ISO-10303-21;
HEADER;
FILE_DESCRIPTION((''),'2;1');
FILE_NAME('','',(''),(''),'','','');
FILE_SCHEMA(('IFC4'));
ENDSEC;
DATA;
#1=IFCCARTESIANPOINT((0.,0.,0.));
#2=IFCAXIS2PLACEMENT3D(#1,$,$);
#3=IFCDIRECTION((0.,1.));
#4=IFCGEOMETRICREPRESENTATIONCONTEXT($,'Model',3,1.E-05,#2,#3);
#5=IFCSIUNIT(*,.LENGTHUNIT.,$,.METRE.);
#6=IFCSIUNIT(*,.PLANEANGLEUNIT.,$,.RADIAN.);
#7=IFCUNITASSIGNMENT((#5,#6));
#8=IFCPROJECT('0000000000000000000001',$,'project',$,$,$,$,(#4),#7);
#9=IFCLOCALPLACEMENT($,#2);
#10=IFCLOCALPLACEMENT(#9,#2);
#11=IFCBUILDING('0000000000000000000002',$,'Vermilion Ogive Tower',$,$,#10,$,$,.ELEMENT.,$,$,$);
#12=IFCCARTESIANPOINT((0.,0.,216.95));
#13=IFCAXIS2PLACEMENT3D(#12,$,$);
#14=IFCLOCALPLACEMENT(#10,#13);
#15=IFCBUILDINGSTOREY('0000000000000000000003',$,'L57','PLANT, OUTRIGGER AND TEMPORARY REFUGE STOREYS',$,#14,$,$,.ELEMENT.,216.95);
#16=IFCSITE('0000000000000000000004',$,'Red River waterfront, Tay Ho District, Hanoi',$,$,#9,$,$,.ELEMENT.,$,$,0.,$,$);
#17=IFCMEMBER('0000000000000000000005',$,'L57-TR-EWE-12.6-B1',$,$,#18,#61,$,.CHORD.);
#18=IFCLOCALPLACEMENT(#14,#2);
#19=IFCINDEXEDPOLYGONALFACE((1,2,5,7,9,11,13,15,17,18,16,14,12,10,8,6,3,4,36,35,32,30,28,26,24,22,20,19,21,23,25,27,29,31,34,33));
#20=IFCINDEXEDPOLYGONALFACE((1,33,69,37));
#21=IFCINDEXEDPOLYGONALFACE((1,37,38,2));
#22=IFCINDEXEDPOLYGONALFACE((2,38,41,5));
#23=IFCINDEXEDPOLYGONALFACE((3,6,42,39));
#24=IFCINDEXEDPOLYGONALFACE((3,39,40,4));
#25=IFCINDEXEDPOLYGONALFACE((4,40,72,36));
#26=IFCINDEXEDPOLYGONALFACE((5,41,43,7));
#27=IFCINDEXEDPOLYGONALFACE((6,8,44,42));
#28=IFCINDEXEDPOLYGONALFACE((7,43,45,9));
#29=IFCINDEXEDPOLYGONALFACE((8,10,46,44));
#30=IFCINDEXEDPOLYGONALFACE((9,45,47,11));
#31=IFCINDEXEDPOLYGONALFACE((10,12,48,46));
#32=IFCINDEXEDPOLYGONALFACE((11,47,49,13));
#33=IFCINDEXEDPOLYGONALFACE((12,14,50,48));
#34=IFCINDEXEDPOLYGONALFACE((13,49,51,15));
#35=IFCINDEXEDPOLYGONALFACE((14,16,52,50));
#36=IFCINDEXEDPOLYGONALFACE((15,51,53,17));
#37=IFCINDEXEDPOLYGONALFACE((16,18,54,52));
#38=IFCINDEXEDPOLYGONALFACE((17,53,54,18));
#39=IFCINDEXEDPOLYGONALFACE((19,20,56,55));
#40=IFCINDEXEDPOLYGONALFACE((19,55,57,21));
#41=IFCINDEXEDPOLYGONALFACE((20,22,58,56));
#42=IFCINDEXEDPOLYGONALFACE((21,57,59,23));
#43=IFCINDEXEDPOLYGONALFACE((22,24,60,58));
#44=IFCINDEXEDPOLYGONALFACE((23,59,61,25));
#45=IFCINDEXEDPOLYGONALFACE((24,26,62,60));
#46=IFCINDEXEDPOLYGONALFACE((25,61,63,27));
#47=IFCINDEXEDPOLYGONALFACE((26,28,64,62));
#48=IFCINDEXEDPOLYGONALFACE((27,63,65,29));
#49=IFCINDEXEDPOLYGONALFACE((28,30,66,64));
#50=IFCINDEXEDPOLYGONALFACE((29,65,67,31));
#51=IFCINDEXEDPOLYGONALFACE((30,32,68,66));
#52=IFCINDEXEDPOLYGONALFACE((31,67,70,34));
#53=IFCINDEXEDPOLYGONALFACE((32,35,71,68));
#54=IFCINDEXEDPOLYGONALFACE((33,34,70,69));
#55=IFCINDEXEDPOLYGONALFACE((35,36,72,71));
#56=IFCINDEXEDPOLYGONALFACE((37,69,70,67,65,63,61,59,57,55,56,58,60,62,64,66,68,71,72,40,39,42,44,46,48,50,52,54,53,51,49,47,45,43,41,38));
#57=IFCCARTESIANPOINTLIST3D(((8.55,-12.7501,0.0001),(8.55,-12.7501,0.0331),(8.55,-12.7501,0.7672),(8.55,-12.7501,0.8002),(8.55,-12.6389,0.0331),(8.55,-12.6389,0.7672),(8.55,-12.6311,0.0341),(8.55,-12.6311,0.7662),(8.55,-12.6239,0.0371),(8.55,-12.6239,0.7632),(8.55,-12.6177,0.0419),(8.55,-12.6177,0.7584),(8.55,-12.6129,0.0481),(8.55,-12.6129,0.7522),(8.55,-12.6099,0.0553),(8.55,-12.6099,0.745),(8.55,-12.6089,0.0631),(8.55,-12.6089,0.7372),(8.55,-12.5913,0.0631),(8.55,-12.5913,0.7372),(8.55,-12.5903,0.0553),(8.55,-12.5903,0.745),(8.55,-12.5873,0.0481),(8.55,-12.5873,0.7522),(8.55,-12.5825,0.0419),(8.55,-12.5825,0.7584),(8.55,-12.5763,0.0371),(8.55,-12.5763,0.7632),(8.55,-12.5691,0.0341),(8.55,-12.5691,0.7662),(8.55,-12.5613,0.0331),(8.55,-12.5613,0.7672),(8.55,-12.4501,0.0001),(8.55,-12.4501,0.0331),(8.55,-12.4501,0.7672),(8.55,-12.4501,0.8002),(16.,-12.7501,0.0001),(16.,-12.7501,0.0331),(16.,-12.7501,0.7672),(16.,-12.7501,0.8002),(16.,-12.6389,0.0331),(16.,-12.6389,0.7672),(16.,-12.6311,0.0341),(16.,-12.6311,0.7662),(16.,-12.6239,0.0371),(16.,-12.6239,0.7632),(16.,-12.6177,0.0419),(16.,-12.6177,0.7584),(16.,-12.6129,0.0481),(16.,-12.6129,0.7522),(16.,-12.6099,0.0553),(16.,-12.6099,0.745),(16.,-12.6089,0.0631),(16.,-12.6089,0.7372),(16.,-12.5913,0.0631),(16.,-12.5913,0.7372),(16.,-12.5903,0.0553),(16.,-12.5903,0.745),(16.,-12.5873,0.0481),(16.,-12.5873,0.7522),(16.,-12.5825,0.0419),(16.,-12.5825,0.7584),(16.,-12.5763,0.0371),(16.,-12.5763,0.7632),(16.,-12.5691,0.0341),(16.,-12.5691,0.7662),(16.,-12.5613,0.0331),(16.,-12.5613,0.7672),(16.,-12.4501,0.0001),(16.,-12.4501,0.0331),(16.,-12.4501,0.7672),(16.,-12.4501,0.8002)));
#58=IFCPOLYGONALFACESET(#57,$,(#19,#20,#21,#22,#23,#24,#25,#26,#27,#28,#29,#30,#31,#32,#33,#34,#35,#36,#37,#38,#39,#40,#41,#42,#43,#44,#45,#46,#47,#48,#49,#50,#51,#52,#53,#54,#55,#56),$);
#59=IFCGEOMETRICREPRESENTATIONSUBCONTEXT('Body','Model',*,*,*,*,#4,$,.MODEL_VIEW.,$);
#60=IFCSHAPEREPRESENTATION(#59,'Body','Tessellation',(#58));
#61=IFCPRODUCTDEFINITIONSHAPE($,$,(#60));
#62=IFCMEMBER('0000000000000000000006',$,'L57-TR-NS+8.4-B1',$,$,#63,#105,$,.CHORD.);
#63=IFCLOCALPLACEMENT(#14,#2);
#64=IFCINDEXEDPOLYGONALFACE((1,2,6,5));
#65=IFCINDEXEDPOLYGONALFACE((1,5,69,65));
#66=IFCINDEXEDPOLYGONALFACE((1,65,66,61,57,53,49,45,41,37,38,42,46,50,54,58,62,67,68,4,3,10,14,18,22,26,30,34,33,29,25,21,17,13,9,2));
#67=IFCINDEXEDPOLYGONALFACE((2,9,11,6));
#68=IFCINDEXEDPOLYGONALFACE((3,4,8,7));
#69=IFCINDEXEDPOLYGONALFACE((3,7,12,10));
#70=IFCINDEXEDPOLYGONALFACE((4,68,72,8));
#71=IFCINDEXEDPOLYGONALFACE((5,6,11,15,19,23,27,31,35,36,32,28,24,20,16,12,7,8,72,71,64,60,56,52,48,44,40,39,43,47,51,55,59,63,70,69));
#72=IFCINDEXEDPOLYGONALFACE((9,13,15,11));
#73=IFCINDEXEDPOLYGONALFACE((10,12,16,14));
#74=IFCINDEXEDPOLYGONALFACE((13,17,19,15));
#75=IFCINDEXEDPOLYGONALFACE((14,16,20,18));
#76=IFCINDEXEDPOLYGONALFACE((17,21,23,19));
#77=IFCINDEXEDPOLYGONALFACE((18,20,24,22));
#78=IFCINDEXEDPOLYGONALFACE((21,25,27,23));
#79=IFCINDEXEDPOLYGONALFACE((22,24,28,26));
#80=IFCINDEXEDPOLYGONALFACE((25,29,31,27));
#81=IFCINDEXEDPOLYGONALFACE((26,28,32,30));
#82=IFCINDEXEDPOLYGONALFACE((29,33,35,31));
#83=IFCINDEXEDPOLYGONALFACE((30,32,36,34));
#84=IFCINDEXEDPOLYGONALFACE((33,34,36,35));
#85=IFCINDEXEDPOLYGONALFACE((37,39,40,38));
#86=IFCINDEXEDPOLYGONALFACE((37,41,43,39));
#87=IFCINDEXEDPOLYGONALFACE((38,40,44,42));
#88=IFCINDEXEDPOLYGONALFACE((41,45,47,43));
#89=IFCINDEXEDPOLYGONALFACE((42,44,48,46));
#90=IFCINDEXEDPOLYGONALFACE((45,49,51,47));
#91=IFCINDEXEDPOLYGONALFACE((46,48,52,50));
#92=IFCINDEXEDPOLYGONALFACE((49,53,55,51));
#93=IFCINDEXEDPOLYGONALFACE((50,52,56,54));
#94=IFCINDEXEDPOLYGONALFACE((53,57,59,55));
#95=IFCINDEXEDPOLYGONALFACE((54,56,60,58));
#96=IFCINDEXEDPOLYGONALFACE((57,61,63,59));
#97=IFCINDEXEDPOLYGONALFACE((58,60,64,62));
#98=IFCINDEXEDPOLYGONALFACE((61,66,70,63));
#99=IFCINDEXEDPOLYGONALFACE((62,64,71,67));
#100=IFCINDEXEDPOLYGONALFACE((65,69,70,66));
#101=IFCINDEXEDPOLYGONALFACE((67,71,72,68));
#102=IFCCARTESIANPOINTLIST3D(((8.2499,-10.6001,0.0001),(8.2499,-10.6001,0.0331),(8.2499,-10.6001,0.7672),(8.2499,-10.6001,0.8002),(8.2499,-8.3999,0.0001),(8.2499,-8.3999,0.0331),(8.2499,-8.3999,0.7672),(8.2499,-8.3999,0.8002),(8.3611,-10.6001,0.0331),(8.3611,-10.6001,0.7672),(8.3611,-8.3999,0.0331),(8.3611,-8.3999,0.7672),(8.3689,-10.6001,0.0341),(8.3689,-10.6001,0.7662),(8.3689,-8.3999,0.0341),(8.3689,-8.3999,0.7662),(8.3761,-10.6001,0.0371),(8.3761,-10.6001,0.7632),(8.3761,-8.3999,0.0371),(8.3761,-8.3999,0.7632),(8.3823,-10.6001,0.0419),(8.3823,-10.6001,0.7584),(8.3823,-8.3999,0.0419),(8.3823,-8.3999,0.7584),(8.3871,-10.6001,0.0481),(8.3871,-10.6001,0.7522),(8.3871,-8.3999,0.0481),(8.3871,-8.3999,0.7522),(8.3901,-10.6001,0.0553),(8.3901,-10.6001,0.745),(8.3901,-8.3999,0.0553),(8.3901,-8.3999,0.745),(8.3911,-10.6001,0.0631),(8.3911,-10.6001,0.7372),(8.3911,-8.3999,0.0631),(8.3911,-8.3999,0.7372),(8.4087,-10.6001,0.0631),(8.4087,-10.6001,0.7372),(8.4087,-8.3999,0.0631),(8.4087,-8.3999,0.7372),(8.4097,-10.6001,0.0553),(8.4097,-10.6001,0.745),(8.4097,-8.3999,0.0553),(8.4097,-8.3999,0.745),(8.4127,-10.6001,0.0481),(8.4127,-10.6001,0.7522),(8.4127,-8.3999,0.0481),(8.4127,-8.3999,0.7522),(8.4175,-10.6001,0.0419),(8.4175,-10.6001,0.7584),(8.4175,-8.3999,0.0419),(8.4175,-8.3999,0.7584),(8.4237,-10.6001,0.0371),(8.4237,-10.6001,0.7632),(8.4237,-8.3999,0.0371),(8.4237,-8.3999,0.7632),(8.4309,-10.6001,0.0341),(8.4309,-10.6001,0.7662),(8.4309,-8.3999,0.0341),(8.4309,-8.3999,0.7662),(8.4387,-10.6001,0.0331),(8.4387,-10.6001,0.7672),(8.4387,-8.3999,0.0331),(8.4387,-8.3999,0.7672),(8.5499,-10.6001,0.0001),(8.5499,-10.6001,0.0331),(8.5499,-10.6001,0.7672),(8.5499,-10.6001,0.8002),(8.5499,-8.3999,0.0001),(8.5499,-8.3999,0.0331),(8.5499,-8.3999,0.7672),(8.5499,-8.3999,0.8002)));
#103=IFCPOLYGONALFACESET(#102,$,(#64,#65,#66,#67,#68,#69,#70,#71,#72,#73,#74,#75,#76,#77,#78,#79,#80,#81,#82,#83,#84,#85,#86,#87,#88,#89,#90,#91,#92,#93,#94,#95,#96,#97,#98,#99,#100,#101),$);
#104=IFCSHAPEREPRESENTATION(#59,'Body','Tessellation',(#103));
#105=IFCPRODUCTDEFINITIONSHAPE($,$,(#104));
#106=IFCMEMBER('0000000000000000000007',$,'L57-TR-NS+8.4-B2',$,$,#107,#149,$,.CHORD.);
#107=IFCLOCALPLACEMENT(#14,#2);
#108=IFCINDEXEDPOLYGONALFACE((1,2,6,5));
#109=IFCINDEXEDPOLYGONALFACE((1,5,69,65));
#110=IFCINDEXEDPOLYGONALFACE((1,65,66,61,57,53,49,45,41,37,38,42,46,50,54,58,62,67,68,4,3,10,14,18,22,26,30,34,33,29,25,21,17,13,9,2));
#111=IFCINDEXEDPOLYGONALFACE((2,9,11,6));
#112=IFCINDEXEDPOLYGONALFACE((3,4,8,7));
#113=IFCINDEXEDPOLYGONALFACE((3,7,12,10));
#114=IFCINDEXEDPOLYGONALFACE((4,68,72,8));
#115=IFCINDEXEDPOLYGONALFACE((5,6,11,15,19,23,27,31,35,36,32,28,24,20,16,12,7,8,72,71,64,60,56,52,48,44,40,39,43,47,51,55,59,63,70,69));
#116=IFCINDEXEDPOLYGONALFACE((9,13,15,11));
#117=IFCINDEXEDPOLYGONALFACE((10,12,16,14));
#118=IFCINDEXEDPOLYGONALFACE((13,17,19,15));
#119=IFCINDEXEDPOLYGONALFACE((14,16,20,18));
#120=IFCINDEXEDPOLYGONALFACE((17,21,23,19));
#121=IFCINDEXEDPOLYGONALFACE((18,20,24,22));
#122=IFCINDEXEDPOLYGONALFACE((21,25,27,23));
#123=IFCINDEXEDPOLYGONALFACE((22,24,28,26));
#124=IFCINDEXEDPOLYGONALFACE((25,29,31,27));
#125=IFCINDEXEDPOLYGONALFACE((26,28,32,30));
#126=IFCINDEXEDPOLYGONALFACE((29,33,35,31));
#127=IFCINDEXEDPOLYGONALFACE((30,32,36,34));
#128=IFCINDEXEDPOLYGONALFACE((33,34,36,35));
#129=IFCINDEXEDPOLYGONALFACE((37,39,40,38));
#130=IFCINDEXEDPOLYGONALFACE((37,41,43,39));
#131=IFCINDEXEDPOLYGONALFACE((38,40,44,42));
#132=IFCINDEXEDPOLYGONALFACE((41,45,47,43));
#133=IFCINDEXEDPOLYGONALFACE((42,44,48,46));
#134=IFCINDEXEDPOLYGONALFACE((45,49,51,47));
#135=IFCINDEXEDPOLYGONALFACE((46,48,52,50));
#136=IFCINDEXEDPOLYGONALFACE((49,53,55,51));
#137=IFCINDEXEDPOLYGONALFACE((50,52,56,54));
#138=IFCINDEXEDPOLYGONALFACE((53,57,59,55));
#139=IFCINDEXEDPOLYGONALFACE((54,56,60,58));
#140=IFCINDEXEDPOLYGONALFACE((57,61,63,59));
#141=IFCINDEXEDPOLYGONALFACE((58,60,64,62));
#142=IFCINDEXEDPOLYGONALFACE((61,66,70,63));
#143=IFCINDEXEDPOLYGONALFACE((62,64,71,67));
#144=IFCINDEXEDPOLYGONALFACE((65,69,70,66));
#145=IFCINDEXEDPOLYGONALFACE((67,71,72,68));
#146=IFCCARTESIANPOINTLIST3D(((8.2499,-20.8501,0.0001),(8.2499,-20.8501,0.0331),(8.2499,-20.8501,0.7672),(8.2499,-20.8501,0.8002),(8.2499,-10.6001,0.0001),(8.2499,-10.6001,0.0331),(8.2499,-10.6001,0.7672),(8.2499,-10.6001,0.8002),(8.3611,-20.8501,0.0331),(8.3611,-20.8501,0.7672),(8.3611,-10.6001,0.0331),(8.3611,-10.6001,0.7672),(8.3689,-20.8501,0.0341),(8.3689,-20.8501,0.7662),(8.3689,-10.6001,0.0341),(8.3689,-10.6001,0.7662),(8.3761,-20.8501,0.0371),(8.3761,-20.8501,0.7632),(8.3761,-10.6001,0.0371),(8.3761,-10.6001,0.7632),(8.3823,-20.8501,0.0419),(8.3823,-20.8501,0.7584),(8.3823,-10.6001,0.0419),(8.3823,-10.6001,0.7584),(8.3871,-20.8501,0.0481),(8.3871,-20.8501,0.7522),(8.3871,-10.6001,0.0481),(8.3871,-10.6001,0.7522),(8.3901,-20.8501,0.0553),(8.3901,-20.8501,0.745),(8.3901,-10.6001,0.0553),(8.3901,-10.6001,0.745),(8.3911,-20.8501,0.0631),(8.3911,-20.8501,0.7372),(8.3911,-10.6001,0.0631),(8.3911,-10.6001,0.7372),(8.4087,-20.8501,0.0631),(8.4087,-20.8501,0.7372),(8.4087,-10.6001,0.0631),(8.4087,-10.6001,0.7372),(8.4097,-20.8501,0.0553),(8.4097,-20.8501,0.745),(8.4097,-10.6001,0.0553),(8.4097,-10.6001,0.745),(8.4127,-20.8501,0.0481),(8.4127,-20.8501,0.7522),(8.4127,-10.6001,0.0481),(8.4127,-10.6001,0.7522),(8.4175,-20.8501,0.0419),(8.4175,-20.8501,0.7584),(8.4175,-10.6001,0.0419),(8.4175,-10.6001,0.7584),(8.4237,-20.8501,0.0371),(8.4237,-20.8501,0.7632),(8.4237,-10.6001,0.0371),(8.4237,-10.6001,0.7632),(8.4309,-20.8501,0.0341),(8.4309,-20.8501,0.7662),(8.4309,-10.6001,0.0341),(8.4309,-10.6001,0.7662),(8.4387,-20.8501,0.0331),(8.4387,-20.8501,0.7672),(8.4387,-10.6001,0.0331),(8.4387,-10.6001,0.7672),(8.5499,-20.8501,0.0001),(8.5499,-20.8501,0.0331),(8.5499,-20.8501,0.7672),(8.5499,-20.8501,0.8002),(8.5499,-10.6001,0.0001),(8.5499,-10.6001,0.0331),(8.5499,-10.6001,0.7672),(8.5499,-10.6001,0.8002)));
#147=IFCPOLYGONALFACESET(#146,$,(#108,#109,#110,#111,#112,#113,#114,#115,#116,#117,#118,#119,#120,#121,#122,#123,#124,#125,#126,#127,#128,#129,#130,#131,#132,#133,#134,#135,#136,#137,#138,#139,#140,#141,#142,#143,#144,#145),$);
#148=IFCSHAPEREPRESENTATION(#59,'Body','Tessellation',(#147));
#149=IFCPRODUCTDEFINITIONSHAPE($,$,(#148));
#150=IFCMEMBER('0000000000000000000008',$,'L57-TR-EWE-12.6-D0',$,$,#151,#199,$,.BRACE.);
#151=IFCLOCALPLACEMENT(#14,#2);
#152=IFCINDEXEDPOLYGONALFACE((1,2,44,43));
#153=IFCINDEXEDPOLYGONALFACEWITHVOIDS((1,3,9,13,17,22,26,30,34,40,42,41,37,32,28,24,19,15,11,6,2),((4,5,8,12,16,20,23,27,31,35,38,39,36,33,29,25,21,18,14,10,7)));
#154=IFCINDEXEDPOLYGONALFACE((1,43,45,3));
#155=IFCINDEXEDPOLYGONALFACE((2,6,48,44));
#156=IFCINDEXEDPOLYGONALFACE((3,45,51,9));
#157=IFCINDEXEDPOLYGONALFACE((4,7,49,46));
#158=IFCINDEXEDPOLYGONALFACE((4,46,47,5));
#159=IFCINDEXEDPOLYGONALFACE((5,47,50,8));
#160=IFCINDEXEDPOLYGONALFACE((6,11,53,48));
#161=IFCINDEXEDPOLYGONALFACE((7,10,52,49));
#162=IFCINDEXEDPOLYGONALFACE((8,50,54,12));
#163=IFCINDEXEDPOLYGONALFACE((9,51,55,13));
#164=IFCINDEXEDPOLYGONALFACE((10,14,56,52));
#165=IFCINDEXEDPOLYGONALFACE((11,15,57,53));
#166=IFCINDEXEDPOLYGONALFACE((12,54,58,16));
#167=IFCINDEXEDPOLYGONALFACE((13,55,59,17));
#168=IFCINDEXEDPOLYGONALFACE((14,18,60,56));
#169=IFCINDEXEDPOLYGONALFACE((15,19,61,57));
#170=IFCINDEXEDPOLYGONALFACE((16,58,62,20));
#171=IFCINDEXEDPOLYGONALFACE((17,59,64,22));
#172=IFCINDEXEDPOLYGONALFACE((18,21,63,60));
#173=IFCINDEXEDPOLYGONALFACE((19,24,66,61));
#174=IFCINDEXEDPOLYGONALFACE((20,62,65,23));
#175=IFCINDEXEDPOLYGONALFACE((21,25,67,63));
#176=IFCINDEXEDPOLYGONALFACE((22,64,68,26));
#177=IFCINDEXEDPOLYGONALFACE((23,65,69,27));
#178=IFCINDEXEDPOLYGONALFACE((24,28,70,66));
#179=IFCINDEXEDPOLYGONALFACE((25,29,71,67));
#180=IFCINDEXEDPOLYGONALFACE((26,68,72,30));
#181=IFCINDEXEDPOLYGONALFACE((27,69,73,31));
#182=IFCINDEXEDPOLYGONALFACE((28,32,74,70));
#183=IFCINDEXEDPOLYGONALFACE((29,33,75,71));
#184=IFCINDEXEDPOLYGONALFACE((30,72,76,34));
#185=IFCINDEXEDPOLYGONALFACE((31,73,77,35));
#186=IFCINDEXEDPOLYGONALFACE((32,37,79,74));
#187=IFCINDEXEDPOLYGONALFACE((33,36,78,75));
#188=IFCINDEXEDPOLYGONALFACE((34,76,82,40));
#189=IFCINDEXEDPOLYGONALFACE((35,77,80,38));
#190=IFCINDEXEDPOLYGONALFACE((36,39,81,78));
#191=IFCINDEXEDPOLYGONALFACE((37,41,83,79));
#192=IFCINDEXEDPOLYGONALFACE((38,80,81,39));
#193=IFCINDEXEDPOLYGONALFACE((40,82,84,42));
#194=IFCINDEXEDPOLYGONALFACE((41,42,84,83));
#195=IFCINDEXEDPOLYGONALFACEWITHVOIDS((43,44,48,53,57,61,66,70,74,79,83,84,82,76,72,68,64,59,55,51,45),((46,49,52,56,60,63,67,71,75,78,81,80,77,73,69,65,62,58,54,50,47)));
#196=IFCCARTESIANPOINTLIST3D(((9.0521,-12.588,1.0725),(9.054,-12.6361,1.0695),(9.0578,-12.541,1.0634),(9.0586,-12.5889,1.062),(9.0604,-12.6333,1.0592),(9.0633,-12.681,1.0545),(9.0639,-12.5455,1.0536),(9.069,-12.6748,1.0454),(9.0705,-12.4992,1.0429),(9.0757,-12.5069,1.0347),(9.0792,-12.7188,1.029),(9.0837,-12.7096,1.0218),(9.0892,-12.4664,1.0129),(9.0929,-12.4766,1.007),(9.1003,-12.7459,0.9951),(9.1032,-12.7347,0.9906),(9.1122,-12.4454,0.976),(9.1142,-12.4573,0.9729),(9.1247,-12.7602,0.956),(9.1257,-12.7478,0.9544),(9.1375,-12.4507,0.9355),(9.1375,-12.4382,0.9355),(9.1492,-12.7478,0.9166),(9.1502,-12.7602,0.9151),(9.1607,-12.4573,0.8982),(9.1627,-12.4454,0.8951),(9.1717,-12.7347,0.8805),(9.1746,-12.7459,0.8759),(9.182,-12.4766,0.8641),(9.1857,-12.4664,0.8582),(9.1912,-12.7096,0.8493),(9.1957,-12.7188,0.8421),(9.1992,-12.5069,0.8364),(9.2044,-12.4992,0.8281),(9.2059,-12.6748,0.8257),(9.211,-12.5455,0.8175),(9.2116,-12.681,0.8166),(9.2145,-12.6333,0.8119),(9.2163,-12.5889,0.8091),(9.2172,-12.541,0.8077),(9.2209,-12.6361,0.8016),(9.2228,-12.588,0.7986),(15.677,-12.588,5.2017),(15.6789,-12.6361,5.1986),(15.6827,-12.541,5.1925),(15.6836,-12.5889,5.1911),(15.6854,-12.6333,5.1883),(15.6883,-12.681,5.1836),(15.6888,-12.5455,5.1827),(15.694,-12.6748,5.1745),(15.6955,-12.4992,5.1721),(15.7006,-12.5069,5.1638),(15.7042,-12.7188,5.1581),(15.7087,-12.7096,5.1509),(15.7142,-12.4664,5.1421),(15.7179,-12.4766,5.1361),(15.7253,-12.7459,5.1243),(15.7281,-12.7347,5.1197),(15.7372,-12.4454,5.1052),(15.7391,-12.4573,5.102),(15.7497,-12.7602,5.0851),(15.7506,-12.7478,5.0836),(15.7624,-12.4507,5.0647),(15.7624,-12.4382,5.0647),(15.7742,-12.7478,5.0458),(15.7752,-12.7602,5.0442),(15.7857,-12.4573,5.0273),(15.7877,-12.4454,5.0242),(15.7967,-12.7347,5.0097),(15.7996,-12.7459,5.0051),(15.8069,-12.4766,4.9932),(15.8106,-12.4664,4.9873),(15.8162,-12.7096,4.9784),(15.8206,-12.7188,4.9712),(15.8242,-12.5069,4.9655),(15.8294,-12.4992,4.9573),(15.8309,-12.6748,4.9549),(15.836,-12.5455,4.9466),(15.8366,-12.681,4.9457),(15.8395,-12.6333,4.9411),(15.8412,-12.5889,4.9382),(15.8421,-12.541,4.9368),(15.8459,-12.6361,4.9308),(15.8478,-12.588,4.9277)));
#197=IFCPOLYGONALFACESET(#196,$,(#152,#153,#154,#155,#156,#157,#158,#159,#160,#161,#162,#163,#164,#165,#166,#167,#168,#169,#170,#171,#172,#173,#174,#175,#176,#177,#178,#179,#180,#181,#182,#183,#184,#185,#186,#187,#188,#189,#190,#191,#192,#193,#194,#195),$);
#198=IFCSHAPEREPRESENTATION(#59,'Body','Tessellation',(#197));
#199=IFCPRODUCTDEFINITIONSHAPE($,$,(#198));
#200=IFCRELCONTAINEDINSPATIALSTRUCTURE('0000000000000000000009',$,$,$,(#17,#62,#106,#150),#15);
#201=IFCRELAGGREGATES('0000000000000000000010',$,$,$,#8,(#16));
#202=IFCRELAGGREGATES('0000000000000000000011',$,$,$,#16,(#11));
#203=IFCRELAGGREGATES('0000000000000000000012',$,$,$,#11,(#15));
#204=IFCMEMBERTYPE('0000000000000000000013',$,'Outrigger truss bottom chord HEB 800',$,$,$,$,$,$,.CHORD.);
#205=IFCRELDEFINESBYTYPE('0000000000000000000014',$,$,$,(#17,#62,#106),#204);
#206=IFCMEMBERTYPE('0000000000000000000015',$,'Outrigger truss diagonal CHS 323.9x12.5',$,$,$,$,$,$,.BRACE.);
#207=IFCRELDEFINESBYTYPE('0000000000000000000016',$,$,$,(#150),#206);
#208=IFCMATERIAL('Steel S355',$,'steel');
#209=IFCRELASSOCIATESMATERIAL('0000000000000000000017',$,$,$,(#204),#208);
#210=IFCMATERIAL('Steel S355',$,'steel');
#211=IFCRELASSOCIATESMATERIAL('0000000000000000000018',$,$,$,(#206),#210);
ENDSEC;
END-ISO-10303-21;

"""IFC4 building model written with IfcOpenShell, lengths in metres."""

from ifc_helpers import new_model, si_unit, direction, frame, origin, origin_2d, place, context, subcontext, project, spatial, hollow_circle, i_section, extrude, material, material_profile, profile_set, type_object, element, save


model = new_model("IFC4")

# Units and contexts
model_context = context("Model", 3, precision=1e-05, world=origin(), true_north=direction((0.0, 1.0)))
body_context = subcontext(model_context, "Body", "Model", "MODEL_VIEW")
ifc_project = project(units=[si_unit("LENGTHUNIT", "METRE"), si_unit("PLANEANGLEUNIT", "RADIAN")], contexts=[model_context])

# Site, building, storey
site_placement = place(None, origin())
site = spatial("IfcSite", under=ifc_project, at=site_placement, Name="Red River waterfront, Tay Ho District, Hanoi", CompositionType="ELEMENT", RefElevation=0.0)
building_placement = place(site_placement, origin())
building = spatial("IfcBuilding", under=site, at=building_placement, Name="Vermilion Ogive Tower", CompositionType="ELEMENT")
storey_placement = place(building_placement, frame((0.0, 0.0, 216.95)))
storey = spatial("IfcBuildingStorey", under=building, at=storey_placement, Name="L57", Description="PLANT, OUTRIGGER AND TEMPORARY REFUGE STOREYS", CompositionType="ELEMENT", Elevation=216.95)

# Members
ifc_material_1 = material(Name="Steel S355", Category="steel")
ifc_material_profile_1 = material_profile(ifc_material_1, i_section(OverallWidth=0.3, OverallDepth=0.8, WebThickness=0.0176, FlangeThickness=0.033, FilletRadius=0.03, at=origin_2d()), Name="HEB 800")
ifc_profile_set_1 = profile_set([ifc_material_profile_1], Name="Steel S355")
member_type_1 = type_object("IfcMemberType", Name="Outrigger truss bottom chord HEB 800", PredefinedType="CHORD", material=ifc_profile_set_1)
member_1_placement = place(storey_placement, frame((8.55, -12.6001, 0.4001), z_axis=(1.0, 0.0, 0.0), x_axis=(0.0, 1.0, 0.0)))
element("IfcMember", 1, at=member_1_placement, inside=storey, type_object=member_type_1, Name="L57-TR-EWE-12.6-B1", PredefinedType="CHORD", context=body_context, shape_type="SweptSolid", body=[
    extrude(i_section(OverallWidth=0.3, OverallDepth=0.8, WebThickness=0.0176, FlangeThickness=0.033, FilletRadius=0.03, at=origin_2d()), origin(), (0.0, 0.0, 1.0), 7.45),
])
member_2_placement = place(storey_placement, frame((8.3999, -8.3999, 0.4001), z_axis=(0.0, -1.0, 0.0), x_axis=(1.0, 0.0, 0.0)))
element("IfcMember", 2, at=member_2_placement, inside=storey, type_object=member_type_1, Name="L57-TR-NS+8.4-B1", PredefinedType="CHORD", context=body_context, shape_type="SweptSolid", body=[
    extrude(i_section(OverallWidth=0.3, OverallDepth=0.8, WebThickness=0.0176, FlangeThickness=0.033, FilletRadius=0.03, at=origin_2d()), origin(), (0.0, 0.0, 1.0), 2.2002),
])
member_3_placement = place(storey_placement, frame((8.3999, -10.6001, 0.4001), z_axis=(0.0, -1.0, 0.0), x_axis=(1.0, 0.0, 0.0)))
element("IfcMember", 3, at=member_3_placement, inside=storey, type_object=member_type_1, Name="L57-TR-NS+8.4-B2", PredefinedType="CHORD", context=body_context, shape_type="SweptSolid", body=[
    extrude(i_section(OverallWidth=0.3, OverallDepth=0.8, WebThickness=0.0176, FlangeThickness=0.033, FilletRadius=0.03, at=origin_2d()), origin(), (0.0, 0.0, 1.0), 10.25),
])
ifc_material_2 = material(Name="Steel S355", Category="steel")
ifc_material_profile_2 = material_profile(ifc_material_2, hollow_circle(Radius=0.1619, WallThickness=0.0125, at=origin_2d()), Name="CHS 323.9x12.5")
ifc_profile_set_2 = profile_set([ifc_material_profile_2], Name="Steel S355")
member_type_2 = type_object("IfcMemberType", Name="Outrigger truss diagonal CHS 323.9x12.5", PredefinedType="BRACE", material=ifc_profile_set_2)
member_4_placement = place(storey_placement, frame((9.1375, -12.6001, 0.9355), z_axis=(0.848658, 0.0, 0.528942), x_axis=(0.0, 1.0, 0.0)))
element("IfcMember", 4, at=member_4_placement, inside=storey, type_object=member_type_2, Name="L57-TR-EWE-12.6-D0", PredefinedType="BRACE", context=body_context, shape_type="SweptSolid", body=[
    extrude(hollow_circle(Radius=0.1619, WallThickness=0.0125, at=origin_2d()), origin(), (0.0, 0.0, 1.0), 7.8064),
])

save(model, "model.ifc")
